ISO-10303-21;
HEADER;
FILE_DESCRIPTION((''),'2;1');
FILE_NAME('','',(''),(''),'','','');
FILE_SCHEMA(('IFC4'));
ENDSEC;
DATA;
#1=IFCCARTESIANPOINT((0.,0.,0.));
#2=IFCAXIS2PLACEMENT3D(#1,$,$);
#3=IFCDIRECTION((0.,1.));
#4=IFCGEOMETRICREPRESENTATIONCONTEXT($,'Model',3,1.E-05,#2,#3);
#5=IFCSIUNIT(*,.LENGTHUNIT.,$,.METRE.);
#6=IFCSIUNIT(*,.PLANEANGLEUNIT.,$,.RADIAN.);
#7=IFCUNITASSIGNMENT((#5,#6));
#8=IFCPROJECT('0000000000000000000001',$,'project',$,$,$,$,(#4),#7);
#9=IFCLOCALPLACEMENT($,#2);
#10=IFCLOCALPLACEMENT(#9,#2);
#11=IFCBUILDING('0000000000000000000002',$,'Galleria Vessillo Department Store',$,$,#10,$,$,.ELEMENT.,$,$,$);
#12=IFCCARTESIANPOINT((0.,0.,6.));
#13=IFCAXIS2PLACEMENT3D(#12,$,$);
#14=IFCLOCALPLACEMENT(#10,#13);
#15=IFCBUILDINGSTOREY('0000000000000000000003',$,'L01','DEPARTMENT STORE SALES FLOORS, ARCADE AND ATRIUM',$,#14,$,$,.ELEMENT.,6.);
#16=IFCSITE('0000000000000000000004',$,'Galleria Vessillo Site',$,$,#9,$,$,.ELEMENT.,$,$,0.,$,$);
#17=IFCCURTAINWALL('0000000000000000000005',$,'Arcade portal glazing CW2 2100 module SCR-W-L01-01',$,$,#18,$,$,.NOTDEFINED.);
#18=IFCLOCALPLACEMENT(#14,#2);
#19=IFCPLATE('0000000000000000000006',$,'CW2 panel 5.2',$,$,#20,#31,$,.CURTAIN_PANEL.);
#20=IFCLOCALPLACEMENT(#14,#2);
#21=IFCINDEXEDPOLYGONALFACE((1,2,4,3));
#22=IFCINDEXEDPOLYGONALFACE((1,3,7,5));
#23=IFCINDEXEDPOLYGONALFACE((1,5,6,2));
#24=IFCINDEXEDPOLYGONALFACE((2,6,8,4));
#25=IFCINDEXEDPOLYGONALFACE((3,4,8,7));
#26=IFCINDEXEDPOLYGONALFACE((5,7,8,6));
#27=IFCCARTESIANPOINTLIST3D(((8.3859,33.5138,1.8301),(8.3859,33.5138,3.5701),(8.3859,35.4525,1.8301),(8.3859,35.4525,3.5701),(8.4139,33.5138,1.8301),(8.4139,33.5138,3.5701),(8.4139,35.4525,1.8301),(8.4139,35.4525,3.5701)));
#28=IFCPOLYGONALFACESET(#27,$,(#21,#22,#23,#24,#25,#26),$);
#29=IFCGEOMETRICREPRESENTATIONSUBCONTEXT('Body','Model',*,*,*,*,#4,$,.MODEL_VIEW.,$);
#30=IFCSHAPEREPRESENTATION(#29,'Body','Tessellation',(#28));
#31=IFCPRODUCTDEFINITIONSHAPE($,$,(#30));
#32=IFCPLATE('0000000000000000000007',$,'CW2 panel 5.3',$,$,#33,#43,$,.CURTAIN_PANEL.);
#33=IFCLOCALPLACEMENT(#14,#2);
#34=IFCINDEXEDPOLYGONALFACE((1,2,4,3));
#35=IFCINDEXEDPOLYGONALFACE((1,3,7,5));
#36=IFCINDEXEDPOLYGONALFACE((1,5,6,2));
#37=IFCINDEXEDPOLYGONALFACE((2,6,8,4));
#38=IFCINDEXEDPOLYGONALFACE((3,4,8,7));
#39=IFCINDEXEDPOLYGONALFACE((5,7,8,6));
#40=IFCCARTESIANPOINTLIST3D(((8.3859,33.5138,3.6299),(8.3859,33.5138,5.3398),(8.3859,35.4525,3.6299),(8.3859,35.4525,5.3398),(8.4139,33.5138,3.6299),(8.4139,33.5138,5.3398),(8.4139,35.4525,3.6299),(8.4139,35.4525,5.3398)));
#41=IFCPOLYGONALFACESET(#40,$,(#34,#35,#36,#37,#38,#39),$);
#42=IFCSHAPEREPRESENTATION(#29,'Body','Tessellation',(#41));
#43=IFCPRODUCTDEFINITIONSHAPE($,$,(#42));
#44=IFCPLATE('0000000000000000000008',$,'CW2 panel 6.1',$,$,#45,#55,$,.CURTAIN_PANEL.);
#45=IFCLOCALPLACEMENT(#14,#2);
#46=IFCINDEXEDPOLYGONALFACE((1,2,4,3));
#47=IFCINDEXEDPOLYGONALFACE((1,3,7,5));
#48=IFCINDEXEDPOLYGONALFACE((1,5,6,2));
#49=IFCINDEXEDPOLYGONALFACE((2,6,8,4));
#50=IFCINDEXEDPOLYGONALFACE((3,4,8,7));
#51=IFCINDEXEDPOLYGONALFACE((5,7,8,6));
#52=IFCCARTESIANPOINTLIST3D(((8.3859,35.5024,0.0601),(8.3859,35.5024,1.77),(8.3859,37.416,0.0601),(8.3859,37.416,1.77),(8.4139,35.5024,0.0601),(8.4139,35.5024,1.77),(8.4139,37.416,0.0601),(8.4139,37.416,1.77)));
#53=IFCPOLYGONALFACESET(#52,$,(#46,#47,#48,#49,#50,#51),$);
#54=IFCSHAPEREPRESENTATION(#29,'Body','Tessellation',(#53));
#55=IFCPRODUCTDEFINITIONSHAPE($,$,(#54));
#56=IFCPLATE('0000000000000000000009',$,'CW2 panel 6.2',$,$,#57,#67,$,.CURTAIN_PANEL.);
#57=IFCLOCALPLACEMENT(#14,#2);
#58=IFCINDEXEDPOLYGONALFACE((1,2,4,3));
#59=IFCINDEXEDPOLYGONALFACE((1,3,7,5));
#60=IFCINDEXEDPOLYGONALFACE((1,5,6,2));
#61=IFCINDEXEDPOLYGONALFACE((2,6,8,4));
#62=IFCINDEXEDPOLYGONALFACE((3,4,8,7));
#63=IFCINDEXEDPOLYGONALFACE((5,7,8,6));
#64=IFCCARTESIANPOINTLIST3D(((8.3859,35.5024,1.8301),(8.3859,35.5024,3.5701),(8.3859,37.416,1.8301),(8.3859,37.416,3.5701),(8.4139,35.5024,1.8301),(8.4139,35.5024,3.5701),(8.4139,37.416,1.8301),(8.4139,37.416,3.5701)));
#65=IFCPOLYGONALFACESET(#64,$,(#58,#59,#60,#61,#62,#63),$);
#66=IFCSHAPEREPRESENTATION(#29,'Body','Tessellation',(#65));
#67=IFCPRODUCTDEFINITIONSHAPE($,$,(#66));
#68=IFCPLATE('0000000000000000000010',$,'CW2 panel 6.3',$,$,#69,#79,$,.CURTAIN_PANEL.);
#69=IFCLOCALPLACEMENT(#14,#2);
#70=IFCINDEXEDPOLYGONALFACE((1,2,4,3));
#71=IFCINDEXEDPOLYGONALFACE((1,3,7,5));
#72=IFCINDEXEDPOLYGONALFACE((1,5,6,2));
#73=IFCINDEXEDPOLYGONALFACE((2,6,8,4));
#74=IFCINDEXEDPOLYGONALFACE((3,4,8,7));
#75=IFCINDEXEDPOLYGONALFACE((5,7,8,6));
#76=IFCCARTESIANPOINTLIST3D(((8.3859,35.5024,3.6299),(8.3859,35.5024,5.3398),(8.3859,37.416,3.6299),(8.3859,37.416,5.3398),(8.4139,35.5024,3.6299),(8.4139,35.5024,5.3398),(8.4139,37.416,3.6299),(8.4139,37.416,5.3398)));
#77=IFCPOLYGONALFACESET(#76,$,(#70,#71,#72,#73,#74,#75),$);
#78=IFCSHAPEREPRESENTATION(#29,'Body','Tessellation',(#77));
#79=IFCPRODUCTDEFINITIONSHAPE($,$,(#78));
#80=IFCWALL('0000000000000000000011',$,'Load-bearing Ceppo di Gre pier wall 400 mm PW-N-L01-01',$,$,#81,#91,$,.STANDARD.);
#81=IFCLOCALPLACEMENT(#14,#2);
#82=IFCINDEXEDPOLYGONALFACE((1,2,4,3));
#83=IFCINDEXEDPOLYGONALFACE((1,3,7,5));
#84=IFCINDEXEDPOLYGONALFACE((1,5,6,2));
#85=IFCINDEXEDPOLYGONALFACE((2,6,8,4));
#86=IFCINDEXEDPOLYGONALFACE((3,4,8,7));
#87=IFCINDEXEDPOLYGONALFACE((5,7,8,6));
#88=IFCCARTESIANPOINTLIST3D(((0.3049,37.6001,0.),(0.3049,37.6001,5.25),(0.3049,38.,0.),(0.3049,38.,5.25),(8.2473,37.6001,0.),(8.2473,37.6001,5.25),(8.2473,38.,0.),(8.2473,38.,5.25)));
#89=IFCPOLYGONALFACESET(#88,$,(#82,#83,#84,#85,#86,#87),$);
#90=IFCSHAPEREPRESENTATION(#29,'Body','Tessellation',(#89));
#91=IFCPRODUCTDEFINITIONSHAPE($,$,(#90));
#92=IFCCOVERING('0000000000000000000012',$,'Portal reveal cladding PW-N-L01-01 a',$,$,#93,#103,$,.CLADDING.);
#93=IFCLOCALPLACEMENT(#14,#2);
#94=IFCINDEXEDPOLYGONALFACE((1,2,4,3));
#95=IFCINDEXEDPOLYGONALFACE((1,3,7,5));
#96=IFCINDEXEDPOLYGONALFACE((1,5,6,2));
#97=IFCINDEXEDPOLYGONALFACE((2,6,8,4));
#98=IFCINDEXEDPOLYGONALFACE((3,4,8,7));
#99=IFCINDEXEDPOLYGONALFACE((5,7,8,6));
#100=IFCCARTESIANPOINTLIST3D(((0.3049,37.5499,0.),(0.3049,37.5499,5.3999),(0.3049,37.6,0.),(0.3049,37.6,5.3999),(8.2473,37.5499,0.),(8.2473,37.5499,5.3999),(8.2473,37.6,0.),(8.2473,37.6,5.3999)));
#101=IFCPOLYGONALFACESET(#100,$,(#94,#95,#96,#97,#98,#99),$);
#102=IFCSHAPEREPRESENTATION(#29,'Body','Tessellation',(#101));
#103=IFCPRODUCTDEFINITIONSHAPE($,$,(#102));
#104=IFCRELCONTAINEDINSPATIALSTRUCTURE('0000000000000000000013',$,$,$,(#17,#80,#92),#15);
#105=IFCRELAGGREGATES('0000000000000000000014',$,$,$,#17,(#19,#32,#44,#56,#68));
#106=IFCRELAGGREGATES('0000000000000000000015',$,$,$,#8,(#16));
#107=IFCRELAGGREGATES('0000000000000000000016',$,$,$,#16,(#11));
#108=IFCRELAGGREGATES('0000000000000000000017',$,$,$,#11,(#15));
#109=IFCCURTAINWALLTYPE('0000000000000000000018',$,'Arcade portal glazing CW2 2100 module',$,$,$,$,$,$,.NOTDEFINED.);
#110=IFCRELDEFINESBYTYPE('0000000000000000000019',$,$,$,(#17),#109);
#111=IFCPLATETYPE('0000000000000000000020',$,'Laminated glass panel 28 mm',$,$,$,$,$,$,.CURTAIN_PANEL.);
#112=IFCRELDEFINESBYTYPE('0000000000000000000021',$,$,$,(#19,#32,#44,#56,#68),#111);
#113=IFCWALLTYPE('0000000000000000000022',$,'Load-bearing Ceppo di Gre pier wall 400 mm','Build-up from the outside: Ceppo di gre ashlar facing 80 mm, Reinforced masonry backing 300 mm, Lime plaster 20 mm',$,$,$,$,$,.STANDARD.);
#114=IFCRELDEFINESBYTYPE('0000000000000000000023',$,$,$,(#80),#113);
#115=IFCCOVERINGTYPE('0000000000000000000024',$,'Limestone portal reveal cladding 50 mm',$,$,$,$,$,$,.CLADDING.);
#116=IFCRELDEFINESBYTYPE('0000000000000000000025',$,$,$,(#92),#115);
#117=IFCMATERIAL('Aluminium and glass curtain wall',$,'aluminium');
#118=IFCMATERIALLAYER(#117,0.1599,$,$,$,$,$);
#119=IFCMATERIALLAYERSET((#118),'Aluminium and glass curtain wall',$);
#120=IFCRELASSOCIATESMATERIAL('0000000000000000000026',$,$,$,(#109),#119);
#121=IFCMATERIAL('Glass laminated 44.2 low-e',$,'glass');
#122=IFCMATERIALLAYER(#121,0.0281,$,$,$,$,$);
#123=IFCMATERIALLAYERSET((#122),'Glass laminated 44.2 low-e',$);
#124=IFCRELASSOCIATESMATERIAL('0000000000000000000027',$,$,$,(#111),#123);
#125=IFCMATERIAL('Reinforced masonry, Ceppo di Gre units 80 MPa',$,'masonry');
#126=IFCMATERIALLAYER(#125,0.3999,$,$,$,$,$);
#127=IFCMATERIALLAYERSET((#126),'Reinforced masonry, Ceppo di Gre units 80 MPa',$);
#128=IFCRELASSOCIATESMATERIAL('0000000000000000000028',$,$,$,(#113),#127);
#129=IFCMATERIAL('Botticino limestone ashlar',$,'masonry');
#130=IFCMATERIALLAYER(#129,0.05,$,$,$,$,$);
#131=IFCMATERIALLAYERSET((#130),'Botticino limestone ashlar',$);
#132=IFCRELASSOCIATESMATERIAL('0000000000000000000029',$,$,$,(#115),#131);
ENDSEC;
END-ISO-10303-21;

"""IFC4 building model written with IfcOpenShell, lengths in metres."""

from ifc_helpers import new_model, si_unit, direction, frame, frame_2d, origin, origin_2d, place, context, subcontext, project, spatial, rectangle, extrude, material, layer, layer_set, type_object, element, aggregate, save


model = new_model("IFC4")

# Units and contexts
model_context = context("Model", 3, precision=1e-05, world=origin(), true_north=direction((0.0, 1.0)))
body_context = subcontext(model_context, "Body", "Model", "MODEL_VIEW")
ifc_project = project(units=[si_unit("LENGTHUNIT", "METRE"), si_unit("PLANEANGLEUNIT", "RADIAN")], contexts=[model_context])

# Site, building, storey
site_placement = place(None, origin())
site = spatial("IfcSite", under=ifc_project, at=site_placement, Name="Galleria Vessillo Site", CompositionType="ELEMENT", RefElevation=0.0)
building_placement = place(site_placement, origin())
building = spatial("IfcBuilding", under=site, at=building_placement, Name="Galleria Vessillo Department Store", CompositionType="ELEMENT")
storey_placement = place(building_placement, frame((0.0, 0.0, 6.0)))
storey = spatial("IfcBuildingStorey", under=building, at=storey_placement, Name="L01", Description="DEPARTMENT STORE SALES FLOORS, ARCADE AND ATRIUM", CompositionType="ELEMENT", Elevation=6.0)

# Shared definitions
ifc_material_1 = material(Name="Aluminium and glass curtain wall", Category="aluminium")
ifc_layer_1 = layer(ifc_material_1, 0.1599)
ifc_layer_set_1 = layer_set([ifc_layer_1], Name="Aluminium and glass curtain wall")
curtain_wall_type = type_object("IfcCurtainWallType", Name="Arcade portal glazing CW2 2100 module", PredefinedType="NOTDEFINED", material=ifc_layer_set_1)

# Curtain wall
curtain_wall_1_placement = place(storey_placement, origin())
curtain_wall_1 = element("IfcCurtainWall", 1, at=curtain_wall_1_placement, inside=storey, type_object=curtain_wall_type, Name="Arcade portal glazing CW2 2100 module SCR-W-L01-01", PredefinedType="NOTDEFINED")

# Plates
ifc_material_2 = material(Name="Glass laminated 44.2 low-e", Category="glass")
ifc_layer_2 = layer(ifc_material_2, 0.0281)
ifc_layer_set_2 = layer_set([ifc_layer_2], Name="Glass laminated 44.2 low-e")
plate_type = type_object("IfcPlateType", Name="Laminated glass panel 28 mm", PredefinedType="CURTAIN_PANEL", material=ifc_layer_set_2)
plate_1_placement = place(storey_placement, frame((8.3999, 34.4832, 1.8301), z_axis=(0.0, 0.0, 1.0), x_axis=(0.0, 1.0, 0.0)))
plate_1 = element("IfcPlate", 2, at=plate_1_placement, type_object=plate_type, Name="CW2 panel 5.2", PredefinedType="CURTAIN_PANEL", context=body_context, shape_type="SweptSolid", body=[
    extrude(rectangle(XDim=1.9387, YDim=0.0281, at=origin_2d()), origin(), (0.0, 0.0, 1.0), 1.74),
])
plate_2_placement = place(storey_placement, frame((8.3999, 34.4832, 3.6299), z_axis=(0.0, 0.0, 1.0), x_axis=(0.0, 1.0, 0.0)))
plate_2 = element("IfcPlate", 3, at=plate_2_placement, type_object=plate_type, Name="CW2 panel 5.3", PredefinedType="CURTAIN_PANEL", context=body_context, shape_type="SweptSolid", body=[
    extrude(rectangle(XDim=1.9387, YDim=0.0281, at=origin_2d()), origin(), (0.0, 0.0, 1.0), 1.71),
])
plate_3_placement = place(storey_placement, frame((8.3999, 36.4592, 0.0601), z_axis=(0.0, 0.0, 1.0), x_axis=(0.0, 1.0, 0.0)))
plate_3 = element("IfcPlate", 4, at=plate_3_placement, type_object=plate_type, Name="CW2 panel 6.1", PredefinedType="CURTAIN_PANEL", context=body_context, shape_type="SweptSolid", body=[
    extrude(rectangle(XDim=1.9136, YDim=0.0281, at=origin_2d()), origin(), (0.0, 0.0, 1.0), 1.71),
])
plate_4_placement = place(storey_placement, frame((8.3999, 36.4592, 1.8301), z_axis=(0.0, 0.0, 1.0), x_axis=(0.0, 1.0, 0.0)))
plate_4 = element("IfcPlate", 5, at=plate_4_placement, type_object=plate_type, Name="CW2 panel 6.2", PredefinedType="CURTAIN_PANEL", context=body_context, shape_type="SweptSolid", body=[
    extrude(rectangle(XDim=1.9136, YDim=0.0281, at=origin_2d()), origin(), (0.0, 0.0, 1.0), 1.74),
])
plate_5_placement = place(storey_placement, frame((8.3999, 36.4592, 3.6299), z_axis=(0.0, 0.0, 1.0), x_axis=(0.0, 1.0, 0.0)))
plate_5 = element("IfcPlate", 6, at=plate_5_placement, type_object=plate_type, Name="CW2 panel 6.3", PredefinedType="CURTAIN_PANEL", context=body_context, shape_type="SweptSolid", body=[
    extrude(rectangle(XDim=1.9136, YDim=0.0281, at=origin_2d()), origin(), (0.0, 0.0, 1.0), 1.71),
])
aggregate(curtain_wall_1, [plate_1, plate_2, plate_3, plate_4, plate_5])

# Wall
ifc_material_3 = material(Name="Reinforced masonry, Ceppo di Gre units 80 MPa", Category="masonry")
ifc_layer_3 = layer(ifc_material_3, 0.3999)
ifc_layer_set_3 = layer_set([ifc_layer_3], Name="Reinforced masonry, Ceppo di Gre units 80 MPa")
wall_type = type_object("IfcWallType", Name="Load-bearing Ceppo di Gre pier wall 400 mm", Description="Build-up from the outside: Ceppo di gre ashlar facing 80 mm, Reinforced masonry backing 300 mm, Lime plaster 20 mm", PredefinedType="STANDARD", material=ifc_layer_set_3)
wall_placement = place(storey_placement, frame((0.3049, 37.8, 0.0), z_axis=(0.0, 0.0, 1.0), x_axis=(1.0, 0.0, 0.0)))
element("IfcWall", 7, at=wall_placement, inside=storey, type_object=wall_type, Name="Load-bearing Ceppo di Gre pier wall 400 mm PW-N-L01-01", PredefinedType="STANDARD", context=body_context, shape_type="SweptSolid", body=[
    extrude(rectangle(XDim=7.9424, YDim=0.3999, at=frame_2d((3.9712, 0.0))), origin(), (0.0, 0.0, 1.0), 5.25),
])

# Covering
ifc_material_4 = material(Name="Botticino limestone ashlar", Category="masonry")
ifc_layer_4 = layer(ifc_material_4, 0.05)
ifc_layer_set_4 = layer_set([ifc_layer_4], Name="Botticino limestone ashlar")
covering_type = type_object("IfcCoveringType", Name="Limestone portal reveal cladding 50 mm", PredefinedType="CLADDING", material=ifc_layer_set_4)
covering_placement = place(storey_placement, frame((4.2761, 37.575, 0.0), z_axis=(0.0, 0.0, 1.0), x_axis=(1.0, 0.0, 0.0)))
element("IfcCovering", 8, at=covering_placement, inside=storey, type_object=covering_type, Name="Portal reveal cladding PW-N-L01-01 a", PredefinedType="CLADDING", context=body_context, shape_type="SweptSolid", body=[
    extrude(rectangle(XDim=7.9424, YDim=0.05, at=origin_2d()), origin(), (0.0, 0.0, 1.0), 5.3999),
])

save(model, "model.ifc")
